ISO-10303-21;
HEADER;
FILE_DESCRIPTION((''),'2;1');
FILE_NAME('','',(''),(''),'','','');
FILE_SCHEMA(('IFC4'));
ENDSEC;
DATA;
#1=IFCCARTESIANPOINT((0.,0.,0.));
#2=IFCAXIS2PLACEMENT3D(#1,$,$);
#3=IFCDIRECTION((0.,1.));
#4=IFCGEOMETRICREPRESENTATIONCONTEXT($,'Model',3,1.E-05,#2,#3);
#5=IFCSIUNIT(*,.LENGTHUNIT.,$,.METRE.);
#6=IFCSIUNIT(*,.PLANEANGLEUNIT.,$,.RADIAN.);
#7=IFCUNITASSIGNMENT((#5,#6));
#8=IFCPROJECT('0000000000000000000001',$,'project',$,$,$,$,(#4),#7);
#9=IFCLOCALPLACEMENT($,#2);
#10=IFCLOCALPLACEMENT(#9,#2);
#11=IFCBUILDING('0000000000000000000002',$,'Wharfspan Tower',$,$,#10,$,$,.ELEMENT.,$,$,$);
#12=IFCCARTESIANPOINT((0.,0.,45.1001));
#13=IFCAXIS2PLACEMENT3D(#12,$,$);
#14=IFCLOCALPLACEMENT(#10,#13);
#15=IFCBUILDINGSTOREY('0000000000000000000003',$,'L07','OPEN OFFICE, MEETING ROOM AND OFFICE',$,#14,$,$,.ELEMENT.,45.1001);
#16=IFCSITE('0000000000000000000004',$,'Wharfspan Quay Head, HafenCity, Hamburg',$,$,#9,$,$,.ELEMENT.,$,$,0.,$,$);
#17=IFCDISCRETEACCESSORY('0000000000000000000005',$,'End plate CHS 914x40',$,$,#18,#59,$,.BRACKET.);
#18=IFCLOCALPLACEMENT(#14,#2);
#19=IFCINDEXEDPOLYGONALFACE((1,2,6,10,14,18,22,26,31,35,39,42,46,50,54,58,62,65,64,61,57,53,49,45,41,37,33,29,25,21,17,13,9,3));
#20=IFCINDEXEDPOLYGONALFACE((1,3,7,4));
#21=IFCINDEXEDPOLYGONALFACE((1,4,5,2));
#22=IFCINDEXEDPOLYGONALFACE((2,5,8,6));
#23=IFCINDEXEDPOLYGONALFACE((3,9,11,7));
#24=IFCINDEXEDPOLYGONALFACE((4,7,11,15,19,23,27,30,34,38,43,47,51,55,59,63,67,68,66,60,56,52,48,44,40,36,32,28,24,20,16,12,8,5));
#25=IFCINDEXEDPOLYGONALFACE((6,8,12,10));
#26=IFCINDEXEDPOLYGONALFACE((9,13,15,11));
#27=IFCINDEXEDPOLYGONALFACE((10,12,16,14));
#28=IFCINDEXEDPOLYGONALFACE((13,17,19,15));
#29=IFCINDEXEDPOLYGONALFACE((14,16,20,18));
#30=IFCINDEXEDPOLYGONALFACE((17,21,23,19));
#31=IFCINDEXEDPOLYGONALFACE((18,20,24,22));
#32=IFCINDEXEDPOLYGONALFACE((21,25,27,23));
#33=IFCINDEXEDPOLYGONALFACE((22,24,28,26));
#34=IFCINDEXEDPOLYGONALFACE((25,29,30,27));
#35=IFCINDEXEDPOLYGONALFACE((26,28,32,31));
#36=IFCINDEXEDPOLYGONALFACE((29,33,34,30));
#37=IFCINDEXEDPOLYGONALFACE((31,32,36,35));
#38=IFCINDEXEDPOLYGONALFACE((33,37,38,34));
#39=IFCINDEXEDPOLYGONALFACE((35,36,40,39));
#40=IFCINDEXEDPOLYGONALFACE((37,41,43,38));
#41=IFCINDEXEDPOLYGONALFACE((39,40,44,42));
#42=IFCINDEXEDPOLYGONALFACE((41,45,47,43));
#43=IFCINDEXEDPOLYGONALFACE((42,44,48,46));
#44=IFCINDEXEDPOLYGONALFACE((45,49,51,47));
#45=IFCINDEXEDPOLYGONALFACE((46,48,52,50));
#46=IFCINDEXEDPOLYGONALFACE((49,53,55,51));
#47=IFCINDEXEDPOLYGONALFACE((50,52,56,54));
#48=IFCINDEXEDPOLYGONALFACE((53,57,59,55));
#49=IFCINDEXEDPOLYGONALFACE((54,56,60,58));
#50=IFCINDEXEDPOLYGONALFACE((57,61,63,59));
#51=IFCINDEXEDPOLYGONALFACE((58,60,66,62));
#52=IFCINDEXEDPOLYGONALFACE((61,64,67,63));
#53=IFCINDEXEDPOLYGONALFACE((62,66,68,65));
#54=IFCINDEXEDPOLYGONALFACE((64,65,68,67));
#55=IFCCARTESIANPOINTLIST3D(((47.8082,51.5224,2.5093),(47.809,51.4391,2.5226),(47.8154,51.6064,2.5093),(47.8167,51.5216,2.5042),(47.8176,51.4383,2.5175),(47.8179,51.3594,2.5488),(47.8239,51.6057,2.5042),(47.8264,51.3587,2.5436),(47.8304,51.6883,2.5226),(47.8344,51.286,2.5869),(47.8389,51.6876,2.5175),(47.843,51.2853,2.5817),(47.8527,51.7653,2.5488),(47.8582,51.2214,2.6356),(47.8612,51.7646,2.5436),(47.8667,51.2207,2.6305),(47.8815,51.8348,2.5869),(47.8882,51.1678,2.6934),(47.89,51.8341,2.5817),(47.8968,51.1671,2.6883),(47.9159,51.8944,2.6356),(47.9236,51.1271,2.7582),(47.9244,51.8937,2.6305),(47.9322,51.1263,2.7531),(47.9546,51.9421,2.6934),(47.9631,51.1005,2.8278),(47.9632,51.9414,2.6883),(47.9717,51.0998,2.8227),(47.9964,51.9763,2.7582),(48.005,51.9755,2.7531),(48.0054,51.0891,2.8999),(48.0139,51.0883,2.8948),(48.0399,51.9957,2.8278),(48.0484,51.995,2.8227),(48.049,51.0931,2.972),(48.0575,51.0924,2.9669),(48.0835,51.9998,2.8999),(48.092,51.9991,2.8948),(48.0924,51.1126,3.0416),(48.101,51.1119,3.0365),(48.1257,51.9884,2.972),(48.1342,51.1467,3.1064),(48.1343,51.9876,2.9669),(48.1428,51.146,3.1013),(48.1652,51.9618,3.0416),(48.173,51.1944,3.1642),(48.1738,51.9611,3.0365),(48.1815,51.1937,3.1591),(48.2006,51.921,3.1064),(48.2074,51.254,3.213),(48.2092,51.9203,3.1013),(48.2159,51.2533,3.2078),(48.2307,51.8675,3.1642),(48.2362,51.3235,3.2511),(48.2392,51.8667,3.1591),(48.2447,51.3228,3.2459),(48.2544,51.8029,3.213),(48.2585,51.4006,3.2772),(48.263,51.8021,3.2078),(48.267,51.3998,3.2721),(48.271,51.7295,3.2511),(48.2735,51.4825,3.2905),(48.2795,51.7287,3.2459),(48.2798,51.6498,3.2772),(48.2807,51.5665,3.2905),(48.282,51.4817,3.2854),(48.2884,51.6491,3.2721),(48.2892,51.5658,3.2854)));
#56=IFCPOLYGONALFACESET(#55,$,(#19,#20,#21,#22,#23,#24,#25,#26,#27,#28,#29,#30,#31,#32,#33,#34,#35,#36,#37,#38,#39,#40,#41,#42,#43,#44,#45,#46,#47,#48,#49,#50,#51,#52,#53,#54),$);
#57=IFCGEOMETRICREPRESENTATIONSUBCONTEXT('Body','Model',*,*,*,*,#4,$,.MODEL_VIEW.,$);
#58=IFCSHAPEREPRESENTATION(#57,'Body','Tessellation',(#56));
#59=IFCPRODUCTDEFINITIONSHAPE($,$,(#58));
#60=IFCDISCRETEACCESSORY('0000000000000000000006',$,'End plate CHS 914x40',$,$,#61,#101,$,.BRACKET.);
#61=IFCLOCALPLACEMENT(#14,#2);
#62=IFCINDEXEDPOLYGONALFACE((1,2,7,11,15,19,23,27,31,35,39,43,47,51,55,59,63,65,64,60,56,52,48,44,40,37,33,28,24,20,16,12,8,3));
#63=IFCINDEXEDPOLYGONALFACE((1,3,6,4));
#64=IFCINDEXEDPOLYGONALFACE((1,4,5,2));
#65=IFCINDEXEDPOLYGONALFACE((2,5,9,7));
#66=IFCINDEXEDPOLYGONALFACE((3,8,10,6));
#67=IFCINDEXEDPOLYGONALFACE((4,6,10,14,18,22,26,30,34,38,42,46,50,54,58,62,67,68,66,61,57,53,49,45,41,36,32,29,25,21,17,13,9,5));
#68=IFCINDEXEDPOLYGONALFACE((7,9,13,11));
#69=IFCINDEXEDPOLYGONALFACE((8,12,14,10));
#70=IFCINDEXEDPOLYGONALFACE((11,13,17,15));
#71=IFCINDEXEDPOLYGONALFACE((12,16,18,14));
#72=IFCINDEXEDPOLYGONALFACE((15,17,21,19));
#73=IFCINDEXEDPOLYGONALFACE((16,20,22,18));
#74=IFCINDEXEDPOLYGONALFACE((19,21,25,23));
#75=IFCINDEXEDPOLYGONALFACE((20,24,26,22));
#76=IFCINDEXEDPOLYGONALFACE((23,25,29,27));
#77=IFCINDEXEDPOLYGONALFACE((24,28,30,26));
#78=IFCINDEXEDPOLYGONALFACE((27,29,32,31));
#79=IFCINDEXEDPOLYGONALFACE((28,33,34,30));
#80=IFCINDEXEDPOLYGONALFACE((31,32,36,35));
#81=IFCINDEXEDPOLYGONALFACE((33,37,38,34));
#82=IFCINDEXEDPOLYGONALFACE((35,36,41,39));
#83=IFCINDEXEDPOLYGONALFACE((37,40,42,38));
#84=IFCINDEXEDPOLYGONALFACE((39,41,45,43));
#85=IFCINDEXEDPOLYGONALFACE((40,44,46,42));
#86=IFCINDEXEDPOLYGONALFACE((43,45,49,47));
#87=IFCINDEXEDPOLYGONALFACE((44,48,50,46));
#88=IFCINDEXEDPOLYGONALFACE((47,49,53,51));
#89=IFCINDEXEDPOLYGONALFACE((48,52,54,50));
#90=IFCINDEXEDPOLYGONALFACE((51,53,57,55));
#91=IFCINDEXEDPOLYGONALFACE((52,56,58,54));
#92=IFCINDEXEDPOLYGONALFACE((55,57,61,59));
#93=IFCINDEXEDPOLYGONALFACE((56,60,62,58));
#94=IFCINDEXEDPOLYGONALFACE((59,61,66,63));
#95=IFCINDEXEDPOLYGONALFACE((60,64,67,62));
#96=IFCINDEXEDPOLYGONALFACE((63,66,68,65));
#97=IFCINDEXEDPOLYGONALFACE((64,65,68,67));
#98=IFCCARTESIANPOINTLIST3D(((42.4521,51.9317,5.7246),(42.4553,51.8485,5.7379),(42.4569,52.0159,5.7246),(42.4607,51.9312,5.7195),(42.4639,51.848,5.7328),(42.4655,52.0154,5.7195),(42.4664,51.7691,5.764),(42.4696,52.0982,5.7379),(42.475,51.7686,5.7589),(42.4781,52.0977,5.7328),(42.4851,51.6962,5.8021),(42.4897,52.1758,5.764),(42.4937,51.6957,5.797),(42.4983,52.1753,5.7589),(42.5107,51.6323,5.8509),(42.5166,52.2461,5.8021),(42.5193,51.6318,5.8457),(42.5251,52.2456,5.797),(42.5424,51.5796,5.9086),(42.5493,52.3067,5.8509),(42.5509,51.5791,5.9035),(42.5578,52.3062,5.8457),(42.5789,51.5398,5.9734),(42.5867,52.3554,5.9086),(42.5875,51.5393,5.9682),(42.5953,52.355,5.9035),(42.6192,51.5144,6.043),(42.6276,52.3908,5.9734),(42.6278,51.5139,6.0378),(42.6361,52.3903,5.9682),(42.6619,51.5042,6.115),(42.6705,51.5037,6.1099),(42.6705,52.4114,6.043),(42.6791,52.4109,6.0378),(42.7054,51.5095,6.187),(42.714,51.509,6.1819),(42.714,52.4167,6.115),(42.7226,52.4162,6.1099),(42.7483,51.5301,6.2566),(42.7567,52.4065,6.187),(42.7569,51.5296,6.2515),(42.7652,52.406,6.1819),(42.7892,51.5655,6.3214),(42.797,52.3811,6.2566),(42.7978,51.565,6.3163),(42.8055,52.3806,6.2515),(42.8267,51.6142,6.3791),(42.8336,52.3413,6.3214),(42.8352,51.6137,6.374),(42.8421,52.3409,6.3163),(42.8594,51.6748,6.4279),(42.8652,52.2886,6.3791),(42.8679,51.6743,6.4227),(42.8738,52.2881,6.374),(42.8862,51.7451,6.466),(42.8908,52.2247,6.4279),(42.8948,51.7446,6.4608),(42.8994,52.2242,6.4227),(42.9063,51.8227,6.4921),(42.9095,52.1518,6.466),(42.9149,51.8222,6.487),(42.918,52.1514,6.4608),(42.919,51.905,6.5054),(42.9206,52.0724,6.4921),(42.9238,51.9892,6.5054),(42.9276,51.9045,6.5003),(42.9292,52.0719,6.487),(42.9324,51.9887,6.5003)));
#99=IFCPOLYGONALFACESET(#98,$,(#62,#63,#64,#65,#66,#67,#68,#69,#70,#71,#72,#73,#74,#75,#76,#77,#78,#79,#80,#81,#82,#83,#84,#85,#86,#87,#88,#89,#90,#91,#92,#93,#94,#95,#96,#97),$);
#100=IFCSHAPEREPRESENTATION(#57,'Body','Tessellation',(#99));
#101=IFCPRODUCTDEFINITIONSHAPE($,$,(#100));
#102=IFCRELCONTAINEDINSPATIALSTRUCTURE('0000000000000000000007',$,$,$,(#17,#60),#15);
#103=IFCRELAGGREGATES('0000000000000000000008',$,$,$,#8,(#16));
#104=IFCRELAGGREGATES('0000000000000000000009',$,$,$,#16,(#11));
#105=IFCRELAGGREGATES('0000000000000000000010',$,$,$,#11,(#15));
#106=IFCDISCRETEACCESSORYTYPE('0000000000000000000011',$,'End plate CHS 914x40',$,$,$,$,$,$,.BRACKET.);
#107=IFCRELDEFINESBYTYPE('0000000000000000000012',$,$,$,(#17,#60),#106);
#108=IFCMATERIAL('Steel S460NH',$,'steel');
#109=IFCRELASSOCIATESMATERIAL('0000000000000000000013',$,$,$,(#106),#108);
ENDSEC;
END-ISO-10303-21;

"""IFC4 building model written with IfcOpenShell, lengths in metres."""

from ifc_helpers import new_model, si_unit, direction, frame, origin, origin_2d, place, context, subcontext, project, spatial, circle, extrude, material, material_profile, profile_set, type_object, element, save


model = new_model("IFC4")

# Units and contexts
model_context = context("Model", 3, precision=1e-05, world=origin(), true_north=direction((0.0, 1.0)))
body_context = subcontext(model_context, "Body", "Model", "MODEL_VIEW")
ifc_project = project(units=[si_unit("LENGTHUNIT", "METRE"), si_unit("PLANEANGLEUNIT", "RADIAN")], contexts=[model_context])

# Site, building, storey
site_placement = place(None, origin())
site = spatial("IfcSite", under=ifc_project, at=site_placement, Name="Wharfspan Quay Head, HafenCity, Hamburg", CompositionType="ELEMENT", RefElevation=0.0)
building_placement = place(site_placement, origin())
building = spatial("IfcBuilding", under=site, at=building_placement, Name="Wharfspan Tower", CompositionType="ELEMENT")
storey_placement = place(building_placement, frame((0.0, 0.0, 45.1001)))
storey = spatial("IfcBuildingStorey", under=building, at=storey_placement, Name="L07", Description="OPEN OFFICE, MEETING ROOM AND OFFICE", CompositionType="ELEMENT", Elevation=45.1001)

# Shared definitions
ifc_material_1 = material(Name="Steel S460NH", Category="steel")

# Discrete accessories
ifc_material_profile_1 = material_profile(ifc_material_1, circle(Radius=0.457, at=origin_2d()))
ifc_profile_set_1 = profile_set([ifc_material_profile_1], Name="Steel S460NH")
discrete_accessory_type = type_object("IfcDiscreteAccessoryType", Name="End plate CHS 914x40", PredefinedType="BRACKET", material=ifc_profile_set_1)
for number, where, z_axis, x_axis, name in (
    (1, (48.053, 51.5437, 2.8948), (-0.855186, 0.073302, 0.513112), (-0.085402, -0.996345, -0.000001), "End plate CHS 914x40"),
    (2, (42.6965, 51.96, 6.1099), (-0.856465, 0.048941, 0.513879), (-0.05705, -0.998372, 0.0), "End plate CHS 914x40"),
):
    element("IfcDiscreteAccessory", number, at=place(storey_placement, frame(where, z_axis=z_axis, x_axis=x_axis)), inside=storey, type_object=discrete_accessory_type, Name=name, PredefinedType="BRACKET", context=body_context, shape_type="SweptSolid", body=[
        extrude(circle(Radius=0.457, at=origin_2d()), origin(), (0.0, 0.0, 1.0), 0.01),
    ])

save(model, "model.ifc")
